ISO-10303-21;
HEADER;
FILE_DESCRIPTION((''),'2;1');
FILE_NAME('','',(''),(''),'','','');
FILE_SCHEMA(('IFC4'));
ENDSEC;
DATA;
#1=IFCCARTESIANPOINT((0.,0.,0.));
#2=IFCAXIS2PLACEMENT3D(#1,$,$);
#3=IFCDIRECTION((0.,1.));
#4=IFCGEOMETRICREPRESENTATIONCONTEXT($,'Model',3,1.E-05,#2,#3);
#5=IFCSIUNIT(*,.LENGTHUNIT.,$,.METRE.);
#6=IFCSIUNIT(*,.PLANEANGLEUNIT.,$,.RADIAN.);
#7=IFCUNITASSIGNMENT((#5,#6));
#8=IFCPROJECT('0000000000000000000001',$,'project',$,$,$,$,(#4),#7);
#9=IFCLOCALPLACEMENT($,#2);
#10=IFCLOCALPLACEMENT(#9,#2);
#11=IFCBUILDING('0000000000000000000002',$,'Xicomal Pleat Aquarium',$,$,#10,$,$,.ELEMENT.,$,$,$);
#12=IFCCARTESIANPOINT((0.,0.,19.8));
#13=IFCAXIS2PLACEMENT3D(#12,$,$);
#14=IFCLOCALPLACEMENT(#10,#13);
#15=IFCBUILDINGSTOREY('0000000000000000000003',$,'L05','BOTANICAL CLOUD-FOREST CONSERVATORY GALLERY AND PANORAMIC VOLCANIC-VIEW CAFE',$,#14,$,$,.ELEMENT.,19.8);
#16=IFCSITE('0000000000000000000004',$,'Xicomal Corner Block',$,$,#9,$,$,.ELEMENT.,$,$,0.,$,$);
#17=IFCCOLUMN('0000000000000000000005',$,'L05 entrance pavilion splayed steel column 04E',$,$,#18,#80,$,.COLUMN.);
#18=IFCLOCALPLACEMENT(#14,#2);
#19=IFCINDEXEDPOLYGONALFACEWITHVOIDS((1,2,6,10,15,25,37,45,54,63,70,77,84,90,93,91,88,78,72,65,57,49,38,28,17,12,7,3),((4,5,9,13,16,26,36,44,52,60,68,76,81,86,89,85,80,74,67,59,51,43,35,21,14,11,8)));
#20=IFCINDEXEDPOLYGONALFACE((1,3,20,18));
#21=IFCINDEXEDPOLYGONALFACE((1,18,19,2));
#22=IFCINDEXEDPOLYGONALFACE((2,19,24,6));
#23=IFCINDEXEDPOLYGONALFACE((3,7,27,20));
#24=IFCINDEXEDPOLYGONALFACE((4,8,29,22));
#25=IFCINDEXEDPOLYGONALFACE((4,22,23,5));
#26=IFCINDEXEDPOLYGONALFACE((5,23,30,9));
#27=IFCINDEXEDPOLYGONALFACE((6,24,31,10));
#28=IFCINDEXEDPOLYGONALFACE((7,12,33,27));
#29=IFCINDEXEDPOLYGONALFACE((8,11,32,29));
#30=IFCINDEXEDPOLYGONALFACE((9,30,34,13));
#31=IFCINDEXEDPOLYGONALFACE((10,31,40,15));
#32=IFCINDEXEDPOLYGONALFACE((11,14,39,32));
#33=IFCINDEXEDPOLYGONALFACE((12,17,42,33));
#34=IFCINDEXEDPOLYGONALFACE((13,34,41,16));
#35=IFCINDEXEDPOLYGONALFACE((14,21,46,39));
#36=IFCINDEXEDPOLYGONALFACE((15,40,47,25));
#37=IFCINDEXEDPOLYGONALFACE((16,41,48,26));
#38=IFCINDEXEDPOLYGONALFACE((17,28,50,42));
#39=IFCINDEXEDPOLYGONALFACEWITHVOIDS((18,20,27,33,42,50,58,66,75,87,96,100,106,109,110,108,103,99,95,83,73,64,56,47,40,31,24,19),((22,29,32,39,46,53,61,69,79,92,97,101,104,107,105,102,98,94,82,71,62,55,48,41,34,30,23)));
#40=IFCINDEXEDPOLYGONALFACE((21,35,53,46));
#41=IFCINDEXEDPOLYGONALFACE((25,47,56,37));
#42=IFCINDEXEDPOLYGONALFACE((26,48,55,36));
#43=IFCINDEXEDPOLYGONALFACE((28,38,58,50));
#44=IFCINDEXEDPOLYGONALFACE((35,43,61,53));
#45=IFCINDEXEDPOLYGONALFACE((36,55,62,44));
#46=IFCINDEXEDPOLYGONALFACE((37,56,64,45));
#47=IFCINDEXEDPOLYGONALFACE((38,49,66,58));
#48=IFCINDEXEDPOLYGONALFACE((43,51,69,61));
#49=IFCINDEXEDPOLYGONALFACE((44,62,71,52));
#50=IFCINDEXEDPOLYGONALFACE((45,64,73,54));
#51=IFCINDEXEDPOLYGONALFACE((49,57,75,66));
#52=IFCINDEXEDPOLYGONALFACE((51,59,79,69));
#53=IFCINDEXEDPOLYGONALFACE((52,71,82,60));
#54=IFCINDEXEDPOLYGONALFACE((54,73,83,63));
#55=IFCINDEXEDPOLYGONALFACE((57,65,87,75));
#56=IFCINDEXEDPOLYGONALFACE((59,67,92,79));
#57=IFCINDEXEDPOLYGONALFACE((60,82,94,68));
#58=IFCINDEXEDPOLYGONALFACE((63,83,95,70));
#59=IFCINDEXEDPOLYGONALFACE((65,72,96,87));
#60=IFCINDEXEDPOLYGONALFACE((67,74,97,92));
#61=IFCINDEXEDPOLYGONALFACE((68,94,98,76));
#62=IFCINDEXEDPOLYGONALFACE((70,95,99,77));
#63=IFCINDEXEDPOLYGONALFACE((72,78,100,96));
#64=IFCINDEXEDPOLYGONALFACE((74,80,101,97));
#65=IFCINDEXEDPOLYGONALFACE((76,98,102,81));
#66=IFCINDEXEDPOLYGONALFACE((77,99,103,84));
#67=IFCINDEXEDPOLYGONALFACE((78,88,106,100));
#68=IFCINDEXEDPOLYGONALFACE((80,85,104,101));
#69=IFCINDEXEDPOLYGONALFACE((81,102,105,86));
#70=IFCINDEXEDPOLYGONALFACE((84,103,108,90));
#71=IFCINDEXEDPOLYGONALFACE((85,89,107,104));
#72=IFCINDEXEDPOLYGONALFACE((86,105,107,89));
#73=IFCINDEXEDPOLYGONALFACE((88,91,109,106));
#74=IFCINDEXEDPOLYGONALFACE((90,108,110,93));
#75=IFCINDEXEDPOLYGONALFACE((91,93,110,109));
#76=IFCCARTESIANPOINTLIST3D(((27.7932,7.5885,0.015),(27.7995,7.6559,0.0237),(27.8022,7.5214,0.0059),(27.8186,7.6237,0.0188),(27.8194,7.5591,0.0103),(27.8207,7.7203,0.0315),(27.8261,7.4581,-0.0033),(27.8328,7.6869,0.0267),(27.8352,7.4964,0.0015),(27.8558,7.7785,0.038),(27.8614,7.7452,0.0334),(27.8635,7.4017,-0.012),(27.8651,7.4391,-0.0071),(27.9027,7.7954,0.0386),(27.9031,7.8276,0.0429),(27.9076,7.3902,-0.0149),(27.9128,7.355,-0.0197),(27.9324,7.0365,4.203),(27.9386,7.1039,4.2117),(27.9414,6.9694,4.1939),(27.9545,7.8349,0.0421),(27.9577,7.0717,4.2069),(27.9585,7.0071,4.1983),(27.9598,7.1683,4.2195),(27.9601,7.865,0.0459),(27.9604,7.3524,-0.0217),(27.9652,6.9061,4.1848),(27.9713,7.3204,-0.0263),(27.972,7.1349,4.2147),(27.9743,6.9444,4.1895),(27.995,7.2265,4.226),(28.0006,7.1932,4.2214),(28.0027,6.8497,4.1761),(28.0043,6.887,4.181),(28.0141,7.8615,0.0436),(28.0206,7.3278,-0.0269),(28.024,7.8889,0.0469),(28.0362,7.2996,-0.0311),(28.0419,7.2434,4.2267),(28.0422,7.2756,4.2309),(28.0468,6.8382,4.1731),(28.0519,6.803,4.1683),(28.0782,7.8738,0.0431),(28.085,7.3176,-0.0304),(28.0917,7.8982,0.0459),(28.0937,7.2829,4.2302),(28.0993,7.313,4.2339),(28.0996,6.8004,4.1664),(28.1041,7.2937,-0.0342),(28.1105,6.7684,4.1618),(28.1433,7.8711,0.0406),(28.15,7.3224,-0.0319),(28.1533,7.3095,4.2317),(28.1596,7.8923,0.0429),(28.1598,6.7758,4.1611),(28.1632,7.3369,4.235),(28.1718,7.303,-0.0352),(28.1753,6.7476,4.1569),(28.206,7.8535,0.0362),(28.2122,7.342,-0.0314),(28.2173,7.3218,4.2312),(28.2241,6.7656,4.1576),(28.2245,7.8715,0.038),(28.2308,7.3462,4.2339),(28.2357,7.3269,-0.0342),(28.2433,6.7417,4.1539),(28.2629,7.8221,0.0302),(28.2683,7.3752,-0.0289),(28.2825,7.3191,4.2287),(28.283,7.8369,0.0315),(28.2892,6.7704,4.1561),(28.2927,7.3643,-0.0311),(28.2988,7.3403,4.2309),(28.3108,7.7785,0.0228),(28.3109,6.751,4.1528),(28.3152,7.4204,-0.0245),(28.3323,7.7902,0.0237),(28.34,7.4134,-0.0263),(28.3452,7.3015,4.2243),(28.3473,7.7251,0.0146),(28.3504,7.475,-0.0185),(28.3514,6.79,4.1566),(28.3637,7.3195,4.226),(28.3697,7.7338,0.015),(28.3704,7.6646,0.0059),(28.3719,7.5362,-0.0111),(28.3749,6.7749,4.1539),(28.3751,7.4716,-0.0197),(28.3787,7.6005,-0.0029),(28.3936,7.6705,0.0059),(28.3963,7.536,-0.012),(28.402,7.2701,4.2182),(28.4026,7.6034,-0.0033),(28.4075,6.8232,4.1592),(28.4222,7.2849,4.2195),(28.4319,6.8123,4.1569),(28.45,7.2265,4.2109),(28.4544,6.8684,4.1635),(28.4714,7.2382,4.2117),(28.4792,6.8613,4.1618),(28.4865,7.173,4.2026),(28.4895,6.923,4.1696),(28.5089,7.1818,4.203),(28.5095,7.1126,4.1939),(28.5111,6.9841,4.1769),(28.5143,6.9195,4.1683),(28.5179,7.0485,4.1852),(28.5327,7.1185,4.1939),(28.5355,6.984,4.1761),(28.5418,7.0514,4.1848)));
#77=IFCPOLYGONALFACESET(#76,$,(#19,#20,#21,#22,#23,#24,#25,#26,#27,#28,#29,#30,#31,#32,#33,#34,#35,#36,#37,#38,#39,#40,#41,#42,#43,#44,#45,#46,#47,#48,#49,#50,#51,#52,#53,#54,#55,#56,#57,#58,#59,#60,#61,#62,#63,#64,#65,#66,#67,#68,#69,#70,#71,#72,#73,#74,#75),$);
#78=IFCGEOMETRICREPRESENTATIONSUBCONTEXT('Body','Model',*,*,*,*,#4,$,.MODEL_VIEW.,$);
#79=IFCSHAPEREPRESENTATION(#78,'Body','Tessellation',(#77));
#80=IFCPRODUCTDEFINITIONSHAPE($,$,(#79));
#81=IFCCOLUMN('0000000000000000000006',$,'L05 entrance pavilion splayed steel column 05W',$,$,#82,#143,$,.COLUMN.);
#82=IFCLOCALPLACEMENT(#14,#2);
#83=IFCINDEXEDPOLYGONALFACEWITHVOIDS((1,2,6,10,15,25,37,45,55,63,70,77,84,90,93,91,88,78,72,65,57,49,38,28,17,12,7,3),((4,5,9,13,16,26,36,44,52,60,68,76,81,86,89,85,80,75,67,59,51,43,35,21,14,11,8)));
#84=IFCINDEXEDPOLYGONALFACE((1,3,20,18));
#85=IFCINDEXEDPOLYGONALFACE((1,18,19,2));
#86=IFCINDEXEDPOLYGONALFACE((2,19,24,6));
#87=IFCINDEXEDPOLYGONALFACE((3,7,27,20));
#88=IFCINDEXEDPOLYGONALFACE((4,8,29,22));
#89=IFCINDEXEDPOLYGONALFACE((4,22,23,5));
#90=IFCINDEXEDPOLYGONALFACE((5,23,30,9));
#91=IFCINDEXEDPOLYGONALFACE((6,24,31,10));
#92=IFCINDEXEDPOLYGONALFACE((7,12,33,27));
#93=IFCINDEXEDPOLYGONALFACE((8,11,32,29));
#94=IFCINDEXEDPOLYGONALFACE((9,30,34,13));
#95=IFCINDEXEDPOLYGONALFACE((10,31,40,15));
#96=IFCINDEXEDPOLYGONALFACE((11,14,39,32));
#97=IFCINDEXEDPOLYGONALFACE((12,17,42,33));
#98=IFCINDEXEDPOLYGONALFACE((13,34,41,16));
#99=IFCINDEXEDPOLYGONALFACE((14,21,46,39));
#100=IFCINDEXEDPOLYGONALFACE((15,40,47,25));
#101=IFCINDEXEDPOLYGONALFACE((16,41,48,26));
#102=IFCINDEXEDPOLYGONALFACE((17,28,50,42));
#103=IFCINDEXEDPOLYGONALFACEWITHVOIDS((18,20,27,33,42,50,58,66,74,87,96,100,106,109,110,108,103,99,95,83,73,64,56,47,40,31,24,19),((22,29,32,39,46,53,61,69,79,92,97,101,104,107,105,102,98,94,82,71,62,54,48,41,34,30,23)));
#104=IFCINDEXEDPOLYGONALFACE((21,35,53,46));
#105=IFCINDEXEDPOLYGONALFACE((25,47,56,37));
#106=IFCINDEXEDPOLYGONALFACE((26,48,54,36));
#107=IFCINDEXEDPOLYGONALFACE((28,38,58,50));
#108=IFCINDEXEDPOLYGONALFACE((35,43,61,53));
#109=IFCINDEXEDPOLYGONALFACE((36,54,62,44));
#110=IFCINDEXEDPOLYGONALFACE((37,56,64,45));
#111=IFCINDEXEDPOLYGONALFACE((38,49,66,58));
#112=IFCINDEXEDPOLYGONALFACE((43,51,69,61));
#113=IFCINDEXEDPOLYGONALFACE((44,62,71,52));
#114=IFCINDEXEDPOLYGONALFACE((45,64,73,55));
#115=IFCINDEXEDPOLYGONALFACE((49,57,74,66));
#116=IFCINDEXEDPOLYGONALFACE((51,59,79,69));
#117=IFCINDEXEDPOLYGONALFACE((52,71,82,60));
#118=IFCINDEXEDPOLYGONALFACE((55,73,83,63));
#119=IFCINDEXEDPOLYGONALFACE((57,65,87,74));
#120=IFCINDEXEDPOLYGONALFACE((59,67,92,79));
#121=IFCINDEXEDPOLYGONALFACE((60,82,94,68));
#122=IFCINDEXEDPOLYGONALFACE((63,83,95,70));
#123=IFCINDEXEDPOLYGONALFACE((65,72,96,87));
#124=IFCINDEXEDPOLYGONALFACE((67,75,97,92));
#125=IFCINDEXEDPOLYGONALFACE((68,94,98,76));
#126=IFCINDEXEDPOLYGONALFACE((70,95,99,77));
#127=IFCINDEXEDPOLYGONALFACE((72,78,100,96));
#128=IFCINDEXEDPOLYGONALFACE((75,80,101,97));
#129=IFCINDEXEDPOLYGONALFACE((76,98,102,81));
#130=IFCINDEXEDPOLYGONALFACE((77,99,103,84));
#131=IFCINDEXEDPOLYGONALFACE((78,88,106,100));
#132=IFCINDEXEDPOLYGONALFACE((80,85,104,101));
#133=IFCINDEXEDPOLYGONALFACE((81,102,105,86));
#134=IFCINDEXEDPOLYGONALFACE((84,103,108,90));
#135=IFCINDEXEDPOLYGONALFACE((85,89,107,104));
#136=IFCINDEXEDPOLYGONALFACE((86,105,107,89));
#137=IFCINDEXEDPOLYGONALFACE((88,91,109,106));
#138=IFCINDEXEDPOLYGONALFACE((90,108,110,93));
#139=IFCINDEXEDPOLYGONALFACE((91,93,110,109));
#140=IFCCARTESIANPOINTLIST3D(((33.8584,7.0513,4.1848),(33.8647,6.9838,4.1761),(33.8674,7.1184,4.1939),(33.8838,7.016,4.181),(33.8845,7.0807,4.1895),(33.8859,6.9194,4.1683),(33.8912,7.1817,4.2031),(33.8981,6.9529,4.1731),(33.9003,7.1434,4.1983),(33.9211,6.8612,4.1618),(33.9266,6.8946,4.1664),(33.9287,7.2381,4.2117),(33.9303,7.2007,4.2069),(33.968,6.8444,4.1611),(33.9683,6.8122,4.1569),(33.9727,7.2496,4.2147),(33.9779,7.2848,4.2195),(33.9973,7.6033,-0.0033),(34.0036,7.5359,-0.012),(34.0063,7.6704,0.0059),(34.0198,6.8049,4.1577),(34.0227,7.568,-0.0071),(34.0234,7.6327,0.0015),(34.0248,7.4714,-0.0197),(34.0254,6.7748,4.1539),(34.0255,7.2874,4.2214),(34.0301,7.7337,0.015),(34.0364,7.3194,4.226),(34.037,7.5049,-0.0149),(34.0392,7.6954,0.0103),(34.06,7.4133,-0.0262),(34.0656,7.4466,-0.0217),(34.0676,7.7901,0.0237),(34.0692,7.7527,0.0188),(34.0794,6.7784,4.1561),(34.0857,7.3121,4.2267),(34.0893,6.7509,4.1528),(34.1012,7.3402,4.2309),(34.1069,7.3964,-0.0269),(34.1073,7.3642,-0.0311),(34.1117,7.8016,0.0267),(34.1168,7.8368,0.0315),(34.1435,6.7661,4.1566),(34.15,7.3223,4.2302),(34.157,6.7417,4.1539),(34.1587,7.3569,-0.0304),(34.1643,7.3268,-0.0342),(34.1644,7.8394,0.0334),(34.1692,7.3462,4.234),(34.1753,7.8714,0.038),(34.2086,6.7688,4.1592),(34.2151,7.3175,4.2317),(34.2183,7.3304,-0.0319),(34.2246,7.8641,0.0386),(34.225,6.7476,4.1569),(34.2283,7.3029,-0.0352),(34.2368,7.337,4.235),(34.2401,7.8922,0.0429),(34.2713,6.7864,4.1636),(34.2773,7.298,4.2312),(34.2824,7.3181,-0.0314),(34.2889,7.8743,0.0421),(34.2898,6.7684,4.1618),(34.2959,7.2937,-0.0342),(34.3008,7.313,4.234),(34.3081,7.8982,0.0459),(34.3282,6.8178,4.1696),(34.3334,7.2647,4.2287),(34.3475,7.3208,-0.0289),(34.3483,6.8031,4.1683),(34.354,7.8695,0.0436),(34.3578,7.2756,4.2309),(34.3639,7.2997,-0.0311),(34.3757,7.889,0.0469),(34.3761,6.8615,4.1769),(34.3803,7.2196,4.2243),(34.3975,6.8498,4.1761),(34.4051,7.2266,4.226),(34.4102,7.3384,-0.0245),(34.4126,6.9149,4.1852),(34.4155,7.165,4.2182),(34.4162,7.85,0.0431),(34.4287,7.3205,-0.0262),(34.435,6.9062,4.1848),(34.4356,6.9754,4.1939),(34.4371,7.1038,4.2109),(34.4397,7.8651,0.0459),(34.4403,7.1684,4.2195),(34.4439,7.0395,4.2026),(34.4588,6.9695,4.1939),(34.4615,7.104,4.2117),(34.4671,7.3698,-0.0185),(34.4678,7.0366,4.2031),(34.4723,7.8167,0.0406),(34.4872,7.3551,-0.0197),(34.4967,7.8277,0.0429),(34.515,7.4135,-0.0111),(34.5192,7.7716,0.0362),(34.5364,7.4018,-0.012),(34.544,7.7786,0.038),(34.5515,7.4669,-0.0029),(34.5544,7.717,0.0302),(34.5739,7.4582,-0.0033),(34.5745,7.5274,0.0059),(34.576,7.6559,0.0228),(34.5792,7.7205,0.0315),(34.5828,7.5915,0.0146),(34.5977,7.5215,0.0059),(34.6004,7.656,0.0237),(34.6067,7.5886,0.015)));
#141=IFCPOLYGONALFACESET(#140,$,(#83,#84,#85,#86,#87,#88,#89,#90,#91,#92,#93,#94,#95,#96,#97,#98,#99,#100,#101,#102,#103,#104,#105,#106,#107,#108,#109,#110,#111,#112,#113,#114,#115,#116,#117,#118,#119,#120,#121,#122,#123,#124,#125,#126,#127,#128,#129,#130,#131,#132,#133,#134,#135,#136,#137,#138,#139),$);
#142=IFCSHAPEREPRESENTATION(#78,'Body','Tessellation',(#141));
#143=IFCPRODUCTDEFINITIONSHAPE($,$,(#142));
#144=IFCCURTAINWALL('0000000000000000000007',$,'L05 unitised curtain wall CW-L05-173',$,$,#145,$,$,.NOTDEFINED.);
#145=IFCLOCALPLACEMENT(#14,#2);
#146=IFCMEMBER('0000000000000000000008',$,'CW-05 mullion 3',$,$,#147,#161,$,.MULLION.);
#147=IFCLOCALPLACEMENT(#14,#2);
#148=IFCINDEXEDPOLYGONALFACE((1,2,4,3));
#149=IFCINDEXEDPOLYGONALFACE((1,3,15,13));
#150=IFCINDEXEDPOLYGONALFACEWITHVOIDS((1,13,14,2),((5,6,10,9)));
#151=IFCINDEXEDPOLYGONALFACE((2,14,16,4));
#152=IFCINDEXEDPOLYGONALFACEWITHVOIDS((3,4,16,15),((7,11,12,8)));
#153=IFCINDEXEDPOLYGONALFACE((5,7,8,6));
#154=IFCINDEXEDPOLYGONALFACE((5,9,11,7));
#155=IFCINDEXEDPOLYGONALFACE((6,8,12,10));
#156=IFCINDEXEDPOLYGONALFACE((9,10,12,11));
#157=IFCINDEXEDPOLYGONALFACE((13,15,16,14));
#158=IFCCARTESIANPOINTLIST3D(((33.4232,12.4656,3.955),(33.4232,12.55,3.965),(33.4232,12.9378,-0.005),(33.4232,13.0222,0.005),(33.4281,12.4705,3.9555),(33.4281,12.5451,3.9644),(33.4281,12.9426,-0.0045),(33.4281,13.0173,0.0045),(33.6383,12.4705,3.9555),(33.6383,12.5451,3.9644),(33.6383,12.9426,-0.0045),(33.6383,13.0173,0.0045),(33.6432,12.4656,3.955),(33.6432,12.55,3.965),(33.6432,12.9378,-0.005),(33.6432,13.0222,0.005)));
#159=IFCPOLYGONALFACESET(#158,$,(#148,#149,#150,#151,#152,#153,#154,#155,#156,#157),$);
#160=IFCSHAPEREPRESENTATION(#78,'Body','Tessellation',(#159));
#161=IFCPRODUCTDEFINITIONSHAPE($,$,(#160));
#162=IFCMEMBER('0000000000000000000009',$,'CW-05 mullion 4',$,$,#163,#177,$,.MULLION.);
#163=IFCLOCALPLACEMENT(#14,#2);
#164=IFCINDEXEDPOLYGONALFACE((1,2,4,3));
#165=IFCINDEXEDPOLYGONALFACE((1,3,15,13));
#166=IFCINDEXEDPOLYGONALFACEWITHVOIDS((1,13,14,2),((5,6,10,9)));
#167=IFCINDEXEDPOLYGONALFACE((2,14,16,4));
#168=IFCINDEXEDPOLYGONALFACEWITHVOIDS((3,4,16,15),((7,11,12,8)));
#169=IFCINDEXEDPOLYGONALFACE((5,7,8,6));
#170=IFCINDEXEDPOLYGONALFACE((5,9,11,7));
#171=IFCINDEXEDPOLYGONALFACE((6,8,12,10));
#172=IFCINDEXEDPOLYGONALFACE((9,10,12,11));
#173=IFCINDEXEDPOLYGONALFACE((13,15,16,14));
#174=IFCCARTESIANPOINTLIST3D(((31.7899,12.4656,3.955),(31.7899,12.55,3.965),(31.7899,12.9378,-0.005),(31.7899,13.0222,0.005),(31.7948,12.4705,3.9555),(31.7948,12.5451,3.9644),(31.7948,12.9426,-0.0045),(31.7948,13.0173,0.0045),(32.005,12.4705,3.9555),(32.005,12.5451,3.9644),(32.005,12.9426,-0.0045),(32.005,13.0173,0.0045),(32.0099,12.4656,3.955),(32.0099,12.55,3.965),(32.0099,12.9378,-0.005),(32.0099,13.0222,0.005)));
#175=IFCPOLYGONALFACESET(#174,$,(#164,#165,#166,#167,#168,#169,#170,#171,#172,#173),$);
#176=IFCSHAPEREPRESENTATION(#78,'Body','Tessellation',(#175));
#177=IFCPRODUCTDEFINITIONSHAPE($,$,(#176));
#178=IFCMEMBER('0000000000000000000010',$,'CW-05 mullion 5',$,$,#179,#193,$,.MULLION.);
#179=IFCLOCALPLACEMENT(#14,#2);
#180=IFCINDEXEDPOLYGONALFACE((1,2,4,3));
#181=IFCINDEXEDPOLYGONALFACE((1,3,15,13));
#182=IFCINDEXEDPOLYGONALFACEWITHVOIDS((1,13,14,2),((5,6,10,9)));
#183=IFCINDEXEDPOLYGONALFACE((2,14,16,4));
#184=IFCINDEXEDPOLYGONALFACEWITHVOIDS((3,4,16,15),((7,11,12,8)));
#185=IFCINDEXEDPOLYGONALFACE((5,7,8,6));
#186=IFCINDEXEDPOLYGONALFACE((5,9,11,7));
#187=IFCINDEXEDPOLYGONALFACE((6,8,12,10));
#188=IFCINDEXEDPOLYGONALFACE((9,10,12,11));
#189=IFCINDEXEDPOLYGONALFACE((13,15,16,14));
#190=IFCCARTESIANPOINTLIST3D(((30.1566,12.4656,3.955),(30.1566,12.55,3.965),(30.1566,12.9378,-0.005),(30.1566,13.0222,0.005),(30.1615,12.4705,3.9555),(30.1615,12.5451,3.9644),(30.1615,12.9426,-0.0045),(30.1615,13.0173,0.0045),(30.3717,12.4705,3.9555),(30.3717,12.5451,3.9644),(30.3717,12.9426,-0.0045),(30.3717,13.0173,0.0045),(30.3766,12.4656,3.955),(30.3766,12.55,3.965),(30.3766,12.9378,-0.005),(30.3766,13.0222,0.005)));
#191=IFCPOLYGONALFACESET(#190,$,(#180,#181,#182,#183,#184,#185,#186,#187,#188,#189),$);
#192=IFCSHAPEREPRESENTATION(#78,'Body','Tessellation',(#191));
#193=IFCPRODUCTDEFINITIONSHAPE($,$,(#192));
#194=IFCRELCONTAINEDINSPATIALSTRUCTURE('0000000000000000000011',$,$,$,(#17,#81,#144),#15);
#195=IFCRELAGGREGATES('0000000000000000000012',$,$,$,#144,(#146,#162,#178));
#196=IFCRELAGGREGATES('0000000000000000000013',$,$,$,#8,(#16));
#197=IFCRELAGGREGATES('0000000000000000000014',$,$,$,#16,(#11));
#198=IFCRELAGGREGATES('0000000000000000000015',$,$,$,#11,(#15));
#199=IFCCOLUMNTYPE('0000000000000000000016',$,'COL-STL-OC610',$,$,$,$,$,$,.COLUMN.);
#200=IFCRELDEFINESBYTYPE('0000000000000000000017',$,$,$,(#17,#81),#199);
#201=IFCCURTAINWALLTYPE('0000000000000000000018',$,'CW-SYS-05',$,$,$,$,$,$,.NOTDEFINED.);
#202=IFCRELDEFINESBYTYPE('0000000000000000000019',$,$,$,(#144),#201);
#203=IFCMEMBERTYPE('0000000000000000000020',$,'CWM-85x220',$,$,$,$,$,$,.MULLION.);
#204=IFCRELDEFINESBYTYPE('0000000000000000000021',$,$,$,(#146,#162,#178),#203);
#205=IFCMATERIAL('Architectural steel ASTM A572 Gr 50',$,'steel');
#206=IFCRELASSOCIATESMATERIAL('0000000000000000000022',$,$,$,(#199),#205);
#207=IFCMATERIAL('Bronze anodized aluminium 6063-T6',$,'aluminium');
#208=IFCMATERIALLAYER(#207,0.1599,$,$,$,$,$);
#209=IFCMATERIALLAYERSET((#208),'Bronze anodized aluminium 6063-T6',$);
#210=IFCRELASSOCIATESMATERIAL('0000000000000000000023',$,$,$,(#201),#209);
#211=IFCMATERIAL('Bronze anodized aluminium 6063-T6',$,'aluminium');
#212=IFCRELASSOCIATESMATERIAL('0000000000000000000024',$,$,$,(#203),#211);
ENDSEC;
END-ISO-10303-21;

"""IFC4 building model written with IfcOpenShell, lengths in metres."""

from ifc_helpers import new_model, si_unit, direction, frame, origin, origin_2d, place, context, subcontext, project, spatial, hollow_rectangle, hollow_circle, extrude, material, layer, layer_set, material_profile, profile_set, type_object, element, aggregate, save


model = new_model("IFC4")

# Units and contexts
model_context = context("Model", 3, precision=1e-05, world=origin(), true_north=direction((0.0, 1.0)))
body_context = subcontext(model_context, "Body", "Model", "MODEL_VIEW")
ifc_project = project(units=[si_unit("LENGTHUNIT", "METRE"), si_unit("PLANEANGLEUNIT", "RADIAN")], contexts=[model_context])

# Site, building, storey
site_placement = place(None, origin())
site = spatial("IfcSite", under=ifc_project, at=site_placement, Name="Xicomal Corner Block", CompositionType="ELEMENT", RefElevation=0.0)
building_placement = place(site_placement, origin())
building = spatial("IfcBuilding", under=site, at=building_placement, Name="Xicomal Pleat Aquarium", CompositionType="ELEMENT")
storey_placement = place(building_placement, frame((0.0, 0.0, 19.8)))
storey = spatial("IfcBuildingStorey", under=building, at=storey_placement, Name="L05", Description="BOTANICAL CLOUD-FOREST CONSERVATORY GALLERY AND PANORAMIC VOLCANIC-VIEW CAFE", CompositionType="ELEMENT", Elevation=19.8)

# Columns
ifc_material_1 = material(Name="Architectural steel ASTM A572 Gr 50", Category="steel")
ifc_material_profile_1 = material_profile(ifc_material_1, hollow_circle(Radius=0.3049, WallThickness=0.0239, at=origin_2d()), Name="OC 610x24")
ifc_profile_set_1 = profile_set([ifc_material_profile_1], Name="Architectural steel ASTM A572 Gr 50")
column_type_1 = type_object("IfcColumnType", Name="COL-STL-OC610", PredefinedType="COLUMN", material=ifc_profile_set_1)
for number, where, z_axis, x_axis, name in (
    (1, (28.0979, 7.5959, 0.0059), (0.032926, -0.130605, 0.990888), (0.969661, 0.244452, 0.0), "L05 entrance pavilion splayed steel column 04E"),
    (2, (34.302, 7.5959, 0.0059), (-0.032868, -0.130605, 0.990889), (0.969763, -0.244049, 0.0), "L05 entrance pavilion splayed steel column 05W"),
):
    element("IfcColumn", number, at=place(storey_placement, frame(where, z_axis=z_axis, x_axis=x_axis)), inside=storey, type_object=column_type_1, Name=name, PredefinedType="COLUMN", context=body_context, shape_type="SweptSolid", body=[
        extrude(hollow_circle(Radius=0.3049, WallThickness=0.0239, at=origin_2d()), origin(), (0.0, 0.0, 1.0), 4.2266),
    ])

# Curtain wall, members
ifc_material_2 = material(Name="Bronze anodized aluminium 6063-T6", Category="aluminium")
ifc_layer_1 = layer(ifc_material_2, 0.1599)
ifc_layer_set_1 = layer_set([ifc_layer_1], Name="Bronze anodized aluminium 6063-T6")
curtain_wall_type = type_object("IfcCurtainWallType", Name="CW-SYS-05", PredefinedType="NOTDEFINED", material=ifc_layer_set_1)
curtain_wall_placement = place(storey_placement, origin())
curtain_wall = element("IfcCurtainWall", 3, at=curtain_wall_placement, inside=storey, type_object=curtain_wall_type, Name="L05 unitised curtain wall CW-L05-173", PredefinedType="NOTDEFINED")
ifc_material_3 = material(Name="Bronze anodized aluminium 6063-T6", Category="aluminium")
ifc_material_profile_2 = material_profile(ifc_material_3, hollow_rectangle(XDim=0.085, YDim=0.22, WallThickness=0.0049, at=origin_2d()), Name="ALU MULL 85x220")
ifc_profile_set_2 = profile_set([ifc_material_profile_2], Name="Bronze anodized aluminium 6063-T6")
member_type_1 = type_object("IfcMemberType", Name="CWM-85x220", PredefinedType="MULLION", material=ifc_profile_set_2)
member_1_placement = place(storey_placement, frame((33.5332, 12.98, 0.0), z_axis=(0.0, -0.118397, 0.992966), x_axis=(0.0, -0.992966, -0.118397)))
member_1 = element("IfcMember", 4, at=member_1_placement, type_object=member_type_1, Name="CW-05 mullion 3", PredefinedType="MULLION", context=body_context, shape_type="SweptSolid", body=[
    extrude(hollow_rectangle(XDim=0.085, YDim=0.22, WallThickness=0.0049, at=origin_2d()), origin(), (0.0, 0.0, 1.0), 3.988),
])
member_2_placement = place(storey_placement, frame((31.8999, 12.98, 0.0), z_axis=(0.0, -0.118397, 0.992966), x_axis=(0.0, -0.992966, -0.118397)))
member_2 = element("IfcMember", 5, at=member_2_placement, type_object=member_type_1, Name="CW-05 mullion 4", PredefinedType="MULLION", context=body_context, shape_type="SweptSolid", body=[
    extrude(hollow_rectangle(XDim=0.085, YDim=0.22, WallThickness=0.0049, at=origin_2d()), origin(), (0.0, 0.0, 1.0), 3.988),
])
member_3_placement = place(storey_placement, frame((30.2666, 12.98, 0.0), z_axis=(0.0, -0.118397, 0.992966), x_axis=(0.0, -0.992966, -0.118397)))
member_3 = element("IfcMember", 6, at=member_3_placement, type_object=member_type_1, Name="CW-05 mullion 5", PredefinedType="MULLION", context=body_context, shape_type="SweptSolid", body=[
    extrude(hollow_rectangle(XDim=0.085, YDim=0.22, WallThickness=0.0049, at=origin_2d()), origin(), (0.0, 0.0, 1.0), 3.988),
])
aggregate(curtain_wall, [member_1, member_2, member_3])

save(model, "model.ifc")
